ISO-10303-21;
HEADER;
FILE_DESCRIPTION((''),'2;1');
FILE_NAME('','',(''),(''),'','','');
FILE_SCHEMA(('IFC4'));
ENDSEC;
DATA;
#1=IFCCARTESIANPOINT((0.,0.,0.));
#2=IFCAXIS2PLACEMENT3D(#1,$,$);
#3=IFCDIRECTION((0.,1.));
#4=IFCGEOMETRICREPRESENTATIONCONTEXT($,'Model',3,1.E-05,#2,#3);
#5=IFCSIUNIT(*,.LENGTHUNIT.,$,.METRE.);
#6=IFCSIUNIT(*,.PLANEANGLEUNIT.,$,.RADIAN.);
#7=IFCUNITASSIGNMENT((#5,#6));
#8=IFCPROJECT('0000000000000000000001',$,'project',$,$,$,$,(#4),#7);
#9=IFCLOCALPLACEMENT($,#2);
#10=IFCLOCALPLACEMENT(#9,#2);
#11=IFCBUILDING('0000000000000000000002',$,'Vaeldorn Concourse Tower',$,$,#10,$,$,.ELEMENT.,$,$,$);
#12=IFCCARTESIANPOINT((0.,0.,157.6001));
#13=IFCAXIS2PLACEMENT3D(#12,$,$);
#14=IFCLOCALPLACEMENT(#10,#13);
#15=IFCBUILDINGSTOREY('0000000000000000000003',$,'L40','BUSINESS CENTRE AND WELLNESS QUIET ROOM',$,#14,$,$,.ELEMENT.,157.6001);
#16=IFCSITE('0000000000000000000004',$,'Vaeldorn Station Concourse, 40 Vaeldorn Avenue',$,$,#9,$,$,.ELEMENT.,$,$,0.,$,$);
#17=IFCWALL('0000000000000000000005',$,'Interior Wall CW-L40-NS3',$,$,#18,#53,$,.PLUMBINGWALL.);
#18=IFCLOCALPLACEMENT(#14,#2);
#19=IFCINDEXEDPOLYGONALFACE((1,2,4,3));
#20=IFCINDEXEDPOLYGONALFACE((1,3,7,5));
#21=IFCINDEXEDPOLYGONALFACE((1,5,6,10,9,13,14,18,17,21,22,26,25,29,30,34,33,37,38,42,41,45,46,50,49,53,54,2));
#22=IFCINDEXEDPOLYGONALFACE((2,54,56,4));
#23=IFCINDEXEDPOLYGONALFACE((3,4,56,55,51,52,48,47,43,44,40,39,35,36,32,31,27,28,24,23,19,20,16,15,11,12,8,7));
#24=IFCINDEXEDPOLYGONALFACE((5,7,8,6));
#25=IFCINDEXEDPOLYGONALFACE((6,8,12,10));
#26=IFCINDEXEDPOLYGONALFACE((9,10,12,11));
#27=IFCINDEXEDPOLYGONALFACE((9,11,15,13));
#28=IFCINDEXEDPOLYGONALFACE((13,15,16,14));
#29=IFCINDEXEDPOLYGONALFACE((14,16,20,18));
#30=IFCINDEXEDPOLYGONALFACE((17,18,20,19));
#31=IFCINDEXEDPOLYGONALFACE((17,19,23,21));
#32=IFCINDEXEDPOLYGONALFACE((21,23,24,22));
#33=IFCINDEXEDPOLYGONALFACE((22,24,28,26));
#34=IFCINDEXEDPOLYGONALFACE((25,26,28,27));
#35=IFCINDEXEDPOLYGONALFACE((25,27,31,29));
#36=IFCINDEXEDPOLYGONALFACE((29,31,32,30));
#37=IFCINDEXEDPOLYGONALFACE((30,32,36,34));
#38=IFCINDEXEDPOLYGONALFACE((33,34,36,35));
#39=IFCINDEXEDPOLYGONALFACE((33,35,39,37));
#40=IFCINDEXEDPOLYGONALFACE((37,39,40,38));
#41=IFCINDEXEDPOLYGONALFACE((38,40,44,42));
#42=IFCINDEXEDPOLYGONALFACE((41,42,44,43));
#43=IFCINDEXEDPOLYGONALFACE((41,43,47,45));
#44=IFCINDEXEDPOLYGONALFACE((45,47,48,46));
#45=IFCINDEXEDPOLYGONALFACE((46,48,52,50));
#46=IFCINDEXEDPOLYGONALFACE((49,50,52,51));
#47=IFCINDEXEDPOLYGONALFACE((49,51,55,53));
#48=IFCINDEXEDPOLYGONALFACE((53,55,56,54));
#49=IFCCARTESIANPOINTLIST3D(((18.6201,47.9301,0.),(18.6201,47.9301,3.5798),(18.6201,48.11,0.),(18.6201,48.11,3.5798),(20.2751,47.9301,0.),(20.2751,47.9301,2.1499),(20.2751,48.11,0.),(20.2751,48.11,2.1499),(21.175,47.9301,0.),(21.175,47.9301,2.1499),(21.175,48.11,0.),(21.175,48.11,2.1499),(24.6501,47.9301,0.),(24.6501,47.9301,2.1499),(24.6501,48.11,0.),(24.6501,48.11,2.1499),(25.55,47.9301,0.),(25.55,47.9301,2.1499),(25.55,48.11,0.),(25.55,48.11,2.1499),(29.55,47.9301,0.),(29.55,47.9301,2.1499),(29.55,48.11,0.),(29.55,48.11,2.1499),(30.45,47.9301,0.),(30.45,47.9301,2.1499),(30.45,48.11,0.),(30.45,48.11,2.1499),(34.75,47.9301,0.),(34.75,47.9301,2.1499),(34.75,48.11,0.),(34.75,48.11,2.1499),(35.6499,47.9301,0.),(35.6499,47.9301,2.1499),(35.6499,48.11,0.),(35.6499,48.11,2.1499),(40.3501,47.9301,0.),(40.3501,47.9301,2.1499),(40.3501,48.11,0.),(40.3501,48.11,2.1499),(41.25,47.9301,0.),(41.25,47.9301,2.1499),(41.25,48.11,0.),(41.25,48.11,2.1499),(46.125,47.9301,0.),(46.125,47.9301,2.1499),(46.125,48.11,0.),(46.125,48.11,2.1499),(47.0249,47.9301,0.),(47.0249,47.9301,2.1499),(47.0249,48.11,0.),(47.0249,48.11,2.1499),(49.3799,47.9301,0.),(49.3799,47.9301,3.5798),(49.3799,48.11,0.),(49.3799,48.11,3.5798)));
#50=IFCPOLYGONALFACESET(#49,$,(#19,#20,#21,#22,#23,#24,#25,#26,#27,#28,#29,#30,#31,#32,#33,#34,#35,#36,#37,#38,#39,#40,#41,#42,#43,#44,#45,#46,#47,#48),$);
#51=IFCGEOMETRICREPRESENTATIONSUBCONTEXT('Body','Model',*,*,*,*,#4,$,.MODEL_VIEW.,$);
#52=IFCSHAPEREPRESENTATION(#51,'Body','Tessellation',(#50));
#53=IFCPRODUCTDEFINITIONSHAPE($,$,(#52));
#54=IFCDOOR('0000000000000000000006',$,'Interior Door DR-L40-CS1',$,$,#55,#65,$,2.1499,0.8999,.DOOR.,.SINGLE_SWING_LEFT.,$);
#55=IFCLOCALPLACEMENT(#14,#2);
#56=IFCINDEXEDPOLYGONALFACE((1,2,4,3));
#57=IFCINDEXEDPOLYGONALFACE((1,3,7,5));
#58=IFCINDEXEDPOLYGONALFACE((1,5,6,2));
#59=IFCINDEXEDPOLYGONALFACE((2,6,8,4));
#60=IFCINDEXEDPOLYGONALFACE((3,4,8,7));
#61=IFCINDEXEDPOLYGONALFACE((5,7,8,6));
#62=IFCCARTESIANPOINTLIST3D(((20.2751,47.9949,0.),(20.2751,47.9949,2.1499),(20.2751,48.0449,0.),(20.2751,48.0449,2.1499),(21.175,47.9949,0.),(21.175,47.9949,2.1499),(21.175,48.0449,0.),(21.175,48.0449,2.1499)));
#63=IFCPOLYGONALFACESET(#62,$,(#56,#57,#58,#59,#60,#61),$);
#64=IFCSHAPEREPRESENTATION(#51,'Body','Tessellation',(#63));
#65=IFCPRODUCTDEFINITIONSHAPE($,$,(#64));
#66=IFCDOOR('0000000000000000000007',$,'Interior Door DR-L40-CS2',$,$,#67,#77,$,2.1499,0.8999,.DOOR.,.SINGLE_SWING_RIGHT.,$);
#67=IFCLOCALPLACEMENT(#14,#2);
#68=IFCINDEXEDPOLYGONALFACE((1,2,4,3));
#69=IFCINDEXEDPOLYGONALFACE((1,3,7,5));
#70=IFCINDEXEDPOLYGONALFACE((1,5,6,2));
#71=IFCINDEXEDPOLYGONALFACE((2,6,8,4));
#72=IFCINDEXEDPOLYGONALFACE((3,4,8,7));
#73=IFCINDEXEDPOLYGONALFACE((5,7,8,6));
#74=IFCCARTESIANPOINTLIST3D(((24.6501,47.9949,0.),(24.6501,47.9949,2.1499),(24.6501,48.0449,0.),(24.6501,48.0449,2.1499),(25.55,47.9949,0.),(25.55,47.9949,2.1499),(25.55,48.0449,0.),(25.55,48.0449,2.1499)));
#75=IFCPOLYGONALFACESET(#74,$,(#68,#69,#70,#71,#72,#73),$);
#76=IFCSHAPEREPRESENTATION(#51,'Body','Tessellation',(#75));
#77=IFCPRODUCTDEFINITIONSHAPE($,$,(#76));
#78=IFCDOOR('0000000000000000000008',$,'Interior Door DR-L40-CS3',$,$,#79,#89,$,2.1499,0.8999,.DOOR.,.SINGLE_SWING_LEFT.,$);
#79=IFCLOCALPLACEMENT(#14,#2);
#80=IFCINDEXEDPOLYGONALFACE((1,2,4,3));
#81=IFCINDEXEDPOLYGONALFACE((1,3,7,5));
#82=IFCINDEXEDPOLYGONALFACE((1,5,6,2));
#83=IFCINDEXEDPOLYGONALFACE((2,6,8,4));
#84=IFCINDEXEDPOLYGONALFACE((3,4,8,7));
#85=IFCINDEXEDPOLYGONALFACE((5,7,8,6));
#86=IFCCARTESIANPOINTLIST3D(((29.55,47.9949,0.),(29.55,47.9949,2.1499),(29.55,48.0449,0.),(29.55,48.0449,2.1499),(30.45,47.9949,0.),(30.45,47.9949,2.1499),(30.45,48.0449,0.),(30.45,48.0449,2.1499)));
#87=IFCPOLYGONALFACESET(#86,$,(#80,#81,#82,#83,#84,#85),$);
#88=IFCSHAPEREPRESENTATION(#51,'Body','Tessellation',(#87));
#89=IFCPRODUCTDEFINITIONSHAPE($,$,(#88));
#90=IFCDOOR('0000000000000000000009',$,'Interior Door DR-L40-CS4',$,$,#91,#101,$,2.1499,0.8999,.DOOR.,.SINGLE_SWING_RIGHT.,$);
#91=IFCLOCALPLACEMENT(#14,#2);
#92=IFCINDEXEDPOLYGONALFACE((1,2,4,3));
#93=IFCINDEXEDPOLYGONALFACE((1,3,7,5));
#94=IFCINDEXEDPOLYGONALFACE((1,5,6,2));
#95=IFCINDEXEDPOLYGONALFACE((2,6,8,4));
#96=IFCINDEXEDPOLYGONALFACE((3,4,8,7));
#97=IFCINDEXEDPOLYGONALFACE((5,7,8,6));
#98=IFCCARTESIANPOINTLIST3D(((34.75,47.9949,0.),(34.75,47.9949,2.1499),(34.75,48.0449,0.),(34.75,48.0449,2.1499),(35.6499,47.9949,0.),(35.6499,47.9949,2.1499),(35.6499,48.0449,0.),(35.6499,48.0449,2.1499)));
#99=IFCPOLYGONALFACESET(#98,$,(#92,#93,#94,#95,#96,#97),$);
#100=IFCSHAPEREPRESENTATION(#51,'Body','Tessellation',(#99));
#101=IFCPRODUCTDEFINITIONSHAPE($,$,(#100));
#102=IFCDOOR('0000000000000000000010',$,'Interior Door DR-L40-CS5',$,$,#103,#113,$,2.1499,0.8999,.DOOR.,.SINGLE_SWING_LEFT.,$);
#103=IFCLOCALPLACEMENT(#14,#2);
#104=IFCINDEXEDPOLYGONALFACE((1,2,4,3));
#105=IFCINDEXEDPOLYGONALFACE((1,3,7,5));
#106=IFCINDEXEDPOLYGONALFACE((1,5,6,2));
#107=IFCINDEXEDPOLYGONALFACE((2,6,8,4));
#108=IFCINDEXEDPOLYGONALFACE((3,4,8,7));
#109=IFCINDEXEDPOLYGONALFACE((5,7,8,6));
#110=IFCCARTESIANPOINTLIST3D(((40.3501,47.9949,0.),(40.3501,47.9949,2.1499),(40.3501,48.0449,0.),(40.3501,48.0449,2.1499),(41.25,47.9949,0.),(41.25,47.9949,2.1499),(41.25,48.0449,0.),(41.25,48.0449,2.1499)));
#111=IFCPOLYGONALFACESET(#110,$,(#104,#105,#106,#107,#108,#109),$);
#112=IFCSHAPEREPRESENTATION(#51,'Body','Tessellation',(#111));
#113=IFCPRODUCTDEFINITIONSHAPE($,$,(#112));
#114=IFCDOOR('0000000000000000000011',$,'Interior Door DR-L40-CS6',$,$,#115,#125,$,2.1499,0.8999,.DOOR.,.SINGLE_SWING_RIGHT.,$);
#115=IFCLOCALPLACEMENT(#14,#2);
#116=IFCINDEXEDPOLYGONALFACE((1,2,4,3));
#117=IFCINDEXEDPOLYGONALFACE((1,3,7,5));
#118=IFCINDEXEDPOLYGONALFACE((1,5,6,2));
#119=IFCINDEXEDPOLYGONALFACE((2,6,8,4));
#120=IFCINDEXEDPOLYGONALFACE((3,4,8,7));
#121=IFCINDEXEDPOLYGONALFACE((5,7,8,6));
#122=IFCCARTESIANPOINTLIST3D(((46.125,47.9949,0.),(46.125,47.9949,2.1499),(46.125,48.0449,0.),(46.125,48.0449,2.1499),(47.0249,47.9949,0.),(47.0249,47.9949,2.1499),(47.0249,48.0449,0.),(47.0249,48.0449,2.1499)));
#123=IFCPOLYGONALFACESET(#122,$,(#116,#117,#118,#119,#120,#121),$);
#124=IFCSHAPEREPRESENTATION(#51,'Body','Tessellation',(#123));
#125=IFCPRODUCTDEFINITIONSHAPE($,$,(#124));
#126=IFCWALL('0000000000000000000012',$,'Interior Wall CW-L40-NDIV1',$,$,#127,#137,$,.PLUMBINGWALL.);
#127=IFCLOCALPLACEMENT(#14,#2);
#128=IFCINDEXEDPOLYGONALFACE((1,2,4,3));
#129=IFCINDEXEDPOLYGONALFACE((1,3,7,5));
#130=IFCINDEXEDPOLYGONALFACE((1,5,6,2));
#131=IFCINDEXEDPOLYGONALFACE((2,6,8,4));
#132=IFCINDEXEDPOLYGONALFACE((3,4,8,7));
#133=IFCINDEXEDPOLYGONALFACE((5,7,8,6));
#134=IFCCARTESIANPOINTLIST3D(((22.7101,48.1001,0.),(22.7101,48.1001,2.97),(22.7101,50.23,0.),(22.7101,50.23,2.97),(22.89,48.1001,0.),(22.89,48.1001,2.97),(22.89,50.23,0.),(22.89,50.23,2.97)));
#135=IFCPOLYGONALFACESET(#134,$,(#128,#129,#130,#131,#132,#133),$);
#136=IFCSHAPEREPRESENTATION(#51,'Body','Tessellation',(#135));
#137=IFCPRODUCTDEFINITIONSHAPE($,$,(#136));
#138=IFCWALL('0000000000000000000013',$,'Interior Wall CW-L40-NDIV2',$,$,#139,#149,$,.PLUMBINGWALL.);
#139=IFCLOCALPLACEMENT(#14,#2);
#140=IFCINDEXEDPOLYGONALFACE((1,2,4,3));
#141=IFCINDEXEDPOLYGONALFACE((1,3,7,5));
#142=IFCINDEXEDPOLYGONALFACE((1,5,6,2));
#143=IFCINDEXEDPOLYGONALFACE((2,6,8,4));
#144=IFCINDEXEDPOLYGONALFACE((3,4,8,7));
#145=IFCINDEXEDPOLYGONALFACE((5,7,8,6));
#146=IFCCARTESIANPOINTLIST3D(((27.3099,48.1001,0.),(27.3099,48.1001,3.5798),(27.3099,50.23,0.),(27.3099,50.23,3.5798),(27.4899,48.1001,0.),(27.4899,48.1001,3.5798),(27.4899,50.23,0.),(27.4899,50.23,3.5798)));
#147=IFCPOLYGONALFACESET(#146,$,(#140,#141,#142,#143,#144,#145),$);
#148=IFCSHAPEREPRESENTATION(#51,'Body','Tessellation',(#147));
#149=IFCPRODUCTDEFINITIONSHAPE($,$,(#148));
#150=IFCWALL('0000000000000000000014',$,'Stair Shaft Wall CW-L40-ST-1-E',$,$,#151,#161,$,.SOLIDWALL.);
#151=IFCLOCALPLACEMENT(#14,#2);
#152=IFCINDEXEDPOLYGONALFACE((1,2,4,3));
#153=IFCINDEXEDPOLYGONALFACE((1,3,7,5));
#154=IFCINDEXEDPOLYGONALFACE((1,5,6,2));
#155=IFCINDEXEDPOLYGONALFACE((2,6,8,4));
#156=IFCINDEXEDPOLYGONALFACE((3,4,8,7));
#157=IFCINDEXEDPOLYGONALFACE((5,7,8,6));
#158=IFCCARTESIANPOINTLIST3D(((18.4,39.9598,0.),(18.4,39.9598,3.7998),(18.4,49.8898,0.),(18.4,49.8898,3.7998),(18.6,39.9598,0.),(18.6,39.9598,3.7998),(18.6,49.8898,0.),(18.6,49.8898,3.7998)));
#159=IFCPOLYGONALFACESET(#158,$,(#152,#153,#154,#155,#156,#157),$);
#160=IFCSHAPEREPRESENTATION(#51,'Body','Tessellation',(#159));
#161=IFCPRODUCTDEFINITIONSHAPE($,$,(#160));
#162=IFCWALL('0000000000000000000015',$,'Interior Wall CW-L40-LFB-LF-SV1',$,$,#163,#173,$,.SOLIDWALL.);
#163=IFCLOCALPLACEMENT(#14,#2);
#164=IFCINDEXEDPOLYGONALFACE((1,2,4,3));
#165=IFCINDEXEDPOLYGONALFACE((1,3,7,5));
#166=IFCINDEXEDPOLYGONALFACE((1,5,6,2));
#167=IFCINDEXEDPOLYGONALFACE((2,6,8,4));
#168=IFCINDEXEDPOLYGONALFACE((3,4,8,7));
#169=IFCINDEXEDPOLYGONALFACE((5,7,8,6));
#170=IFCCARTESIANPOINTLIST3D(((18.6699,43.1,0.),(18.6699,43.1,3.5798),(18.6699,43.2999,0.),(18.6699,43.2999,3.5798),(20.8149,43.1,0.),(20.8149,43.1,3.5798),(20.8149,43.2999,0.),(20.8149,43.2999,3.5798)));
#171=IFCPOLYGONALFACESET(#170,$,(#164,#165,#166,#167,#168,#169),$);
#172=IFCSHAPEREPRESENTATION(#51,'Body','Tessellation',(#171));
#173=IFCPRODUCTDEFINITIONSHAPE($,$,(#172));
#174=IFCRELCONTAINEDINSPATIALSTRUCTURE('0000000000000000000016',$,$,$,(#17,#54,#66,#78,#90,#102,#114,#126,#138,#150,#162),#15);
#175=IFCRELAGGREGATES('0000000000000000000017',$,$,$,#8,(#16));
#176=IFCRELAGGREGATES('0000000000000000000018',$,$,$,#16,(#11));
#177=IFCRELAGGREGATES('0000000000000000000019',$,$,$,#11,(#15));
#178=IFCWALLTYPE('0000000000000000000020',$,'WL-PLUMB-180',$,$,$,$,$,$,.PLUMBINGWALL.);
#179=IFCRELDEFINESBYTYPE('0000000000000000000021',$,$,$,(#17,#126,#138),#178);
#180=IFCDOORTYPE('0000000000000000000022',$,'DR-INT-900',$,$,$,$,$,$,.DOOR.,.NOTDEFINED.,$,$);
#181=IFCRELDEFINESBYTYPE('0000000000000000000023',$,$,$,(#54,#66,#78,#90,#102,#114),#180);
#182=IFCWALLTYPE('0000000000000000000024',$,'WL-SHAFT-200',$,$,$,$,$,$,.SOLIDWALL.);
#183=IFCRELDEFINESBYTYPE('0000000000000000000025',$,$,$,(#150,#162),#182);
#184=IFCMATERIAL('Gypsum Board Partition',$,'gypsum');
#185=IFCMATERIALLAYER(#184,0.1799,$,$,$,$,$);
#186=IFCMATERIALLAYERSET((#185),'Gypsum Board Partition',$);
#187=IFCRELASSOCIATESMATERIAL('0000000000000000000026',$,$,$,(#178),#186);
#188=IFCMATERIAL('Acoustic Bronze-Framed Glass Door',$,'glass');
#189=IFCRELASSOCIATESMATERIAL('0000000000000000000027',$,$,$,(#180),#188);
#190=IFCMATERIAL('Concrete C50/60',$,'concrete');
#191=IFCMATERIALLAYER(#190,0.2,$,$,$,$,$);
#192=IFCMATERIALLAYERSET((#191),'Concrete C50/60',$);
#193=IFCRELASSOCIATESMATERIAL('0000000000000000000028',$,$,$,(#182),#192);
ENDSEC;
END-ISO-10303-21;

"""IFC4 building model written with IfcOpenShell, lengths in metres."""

from ifc_helpers import new_model, si_unit, direction, frame, frame_2d, origin, place, context, subcontext, project, spatial, rectangle, extrude, source, transform, mapped, material, layer, layer_set, type_object, element, fill, save


model = new_model("IFC4")

# Units and contexts
model_context = context("Model", 3, precision=1e-05, world=origin(), true_north=direction((0.0, 1.0)))
body_context = subcontext(model_context, "Body", "Model", "MODEL_VIEW")
ifc_project = project(units=[si_unit("LENGTHUNIT", "METRE"), si_unit("PLANEANGLEUNIT", "RADIAN")], contexts=[model_context])

# Site, building, storey
site_placement = place(None, origin())
site = spatial("IfcSite", under=ifc_project, at=site_placement, Name="Vaeldorn Station Concourse, 40 Vaeldorn Avenue", CompositionType="ELEMENT", RefElevation=0.0)
building_placement = place(site_placement, origin())
building = spatial("IfcBuilding", under=site, at=building_placement, Name="Vaeldorn Concourse Tower", CompositionType="ELEMENT")
storey_placement = place(building_placement, frame((0.0, 0.0, 157.6001)))
storey = spatial("IfcBuildingStorey", under=building, at=storey_placement, Name="L40", Description="BUSINESS CENTRE AND WELLNESS QUIET ROOM", CompositionType="ELEMENT", Elevation=157.6001)

# Shared definitions
ifc_material_1 = material(Name="Gypsum Board Partition", Category="gypsum")

# Wall, openings, doors
ifc_layer_1 = layer(ifc_material_1, 0.1799)
ifc_layer_set_1 = layer_set([ifc_layer_1], Name="Gypsum Board Partition")
wall_type_1 = type_object("IfcWallType", Name="WL-PLUMB-180", PredefinedType="PLUMBINGWALL", material=ifc_layer_set_1)
wall_1_placement = place(storey_placement, frame((18.6201, 48.02, 0.0), z_axis=(0.0, 0.0, 1.0), x_axis=(1.0, 0.0, 0.0)))
wall_1 = element("IfcWall", 1, at=wall_1_placement, inside=storey, type_object=wall_type_1, Name="Interior Wall CW-L40-NS3", PredefinedType="PLUMBINGWALL", context=body_context, shape_type="SweptSolid", body=[
    extrude(rectangle(XDim=30.7598, YDim=0.1799, at=frame_2d((15.3799, 0.0))), origin(), (0.0, 0.0, 1.0), 3.5798),
])
opening_1_placement = place(wall_1_placement, frame((1.655, 0.0, 0.0)))
opening_1 = element("IfcOpeningElement", 2, at=opening_1_placement, cuts=wall_1, PredefinedType="OPENING", context=body_context, shape_type="SweptSolid", body=[
    extrude(rectangle(XDim=0.8999, YDim=2.1499, at=frame_2d((0.45, 1.075))), frame((0.0, 0.1001, 0.0), z_axis=(0.0, -1.0, 0.0), x_axis=(1.0, 0.0, 0.0)), (0.0, 0.0, 1.0), 0.2),
])
opening_2_placement = place(wall_1_placement, frame((6.03, 0.0, 0.0)))
opening_2 = element("IfcOpeningElement", 3, at=opening_2_placement, cuts=wall_1, PredefinedType="OPENING", context=body_context, shape_type="SweptSolid", body=[
    extrude(rectangle(XDim=0.8999, YDim=2.1499, at=frame_2d((0.45, 1.075))), frame((0.0, 0.1001, 0.0), z_axis=(0.0, -1.0, 0.0), x_axis=(1.0, 0.0, 0.0)), (0.0, 0.0, 1.0), 0.2),
])
opening_3_placement = place(wall_1_placement, frame((10.9299, 0.0, 0.0)))
opening_3 = element("IfcOpeningElement", 4, at=opening_3_placement, cuts=wall_1, PredefinedType="OPENING", context=body_context, shape_type="SweptSolid", body=[
    extrude(rectangle(XDim=0.8999, YDim=2.1499, at=frame_2d((0.45, 1.075))), frame((0.0, 0.1001, 0.0), z_axis=(0.0, -1.0, 0.0), x_axis=(1.0, 0.0, 0.0)), (0.0, 0.0, 1.0), 0.2),
])
opening_4_placement = place(wall_1_placement, frame((16.1299, 0.0, 0.0)))
opening_4 = element("IfcOpeningElement", 5, at=opening_4_placement, cuts=wall_1, PredefinedType="OPENING", context=body_context, shape_type="SweptSolid", body=[
    extrude(rectangle(XDim=0.8999, YDim=2.1499, at=frame_2d((0.45, 1.075))), frame((0.0, 0.1001, 0.0), z_axis=(0.0, -1.0, 0.0), x_axis=(1.0, 0.0, 0.0)), (0.0, 0.0, 1.0), 0.2),
])
opening_5_placement = place(wall_1_placement, frame((21.73, 0.0, 0.0)))
opening_5 = element("IfcOpeningElement", 6, at=opening_5_placement, cuts=wall_1, PredefinedType="OPENING", context=body_context, shape_type="SweptSolid", body=[
    extrude(rectangle(XDim=0.8999, YDim=2.1499, at=frame_2d((0.45, 1.075))), frame((0.0, 0.1001, 0.0), z_axis=(0.0, -1.0, 0.0), x_axis=(1.0, 0.0, 0.0)), (0.0, 0.0, 1.0), 0.2),
])
opening_6_placement = place(wall_1_placement, frame((27.5049, 0.0, 0.0)))
opening_6 = element("IfcOpeningElement", 7, at=opening_6_placement, cuts=wall_1, PredefinedType="OPENING", context=body_context, shape_type="SweptSolid", body=[
    extrude(rectangle(XDim=0.8999, YDim=2.1499, at=frame_2d((0.45, 1.075))), frame((0.0, 0.1001, 0.0), z_axis=(0.0, -1.0, 0.0), x_axis=(1.0, 0.0, 0.0)), (0.0, 0.0, 1.0), 0.2),
])
ifc_material_2 = material(Name="Acoustic Bronze-Framed Glass Door", Category="glass")
door_type_1 = type_object("IfcDoorType", Name="DR-INT-900", OperationType="NOTDEFINED", PredefinedType="DOOR", material=ifc_material_2)
shared_shape_1 = source(origin(), body_context, "Body", "SweptSolid", [
    extrude(rectangle(XDim=0.8999, YDim=2.1499, at=frame_2d((0.45, 1.075))), frame((0.0, 0.0249, 0.0), z_axis=(0.0, -1.0, 0.0), x_axis=(1.0, 0.0, 0.0)), (0.0, 0.0, 1.0), 0.05),
])
door_1_placement = place(opening_1_placement, origin())
door_1 = element("IfcDoor", 8, at=door_1_placement, inside=storey, type_object=door_type_1, Name="Interior Door DR-L40-CS1", OperationType="SINGLE_SWING_LEFT", OverallHeight=2.1499, OverallWidth=0.8999, PredefinedType="DOOR", context=body_context, shape_type="MappedRepresentation", body=[
    mapped(shared_shape_1, transform((0.0, 0.0, 0.0), scale=1.0)),
])
fill(opening_1, door_1)
door_2_placement = place(opening_2_placement, origin())
door_2 = element("IfcDoor", 9, at=door_2_placement, inside=storey, type_object=door_type_1, Name="Interior Door DR-L40-CS2", OperationType="SINGLE_SWING_RIGHT", OverallHeight=2.1499, OverallWidth=0.8999, PredefinedType="DOOR", context=body_context, shape_type="MappedRepresentation", body=[
    mapped(shared_shape_1, transform((0.0, 0.0, 0.0), scale=1.0)),
])
fill(opening_2, door_2)
door_3_placement = place(opening_3_placement, origin())
door_3 = element("IfcDoor", 10, at=door_3_placement, inside=storey, type_object=door_type_1, Name="Interior Door DR-L40-CS3", OperationType="SINGLE_SWING_LEFT", OverallHeight=2.1499, OverallWidth=0.8999, PredefinedType="DOOR", context=body_context, shape_type="MappedRepresentation", body=[
    mapped(shared_shape_1, transform((0.0, 0.0, 0.0), scale=1.0)),
])
fill(opening_3, door_3)
door_4_placement = place(opening_4_placement, origin())
door_4 = element("IfcDoor", 11, at=door_4_placement, inside=storey, type_object=door_type_1, Name="Interior Door DR-L40-CS4", OperationType="SINGLE_SWING_RIGHT", OverallHeight=2.1499, OverallWidth=0.8999, PredefinedType="DOOR", context=body_context, shape_type="MappedRepresentation", body=[
    mapped(shared_shape_1, transform((0.0, 0.0, 0.0), scale=1.0)),
])
fill(opening_4, door_4)
door_5_placement = place(opening_5_placement, origin())
door_5 = element("IfcDoor", 12, at=door_5_placement, inside=storey, type_object=door_type_1, Name="Interior Door DR-L40-CS5", OperationType="SINGLE_SWING_LEFT", OverallHeight=2.1499, OverallWidth=0.8999, PredefinedType="DOOR", context=body_context, shape_type="MappedRepresentation", body=[
    mapped(shared_shape_1, transform((0.0, 0.0, 0.0), scale=1.0)),
])
fill(opening_5, door_5)
door_6_placement = place(opening_6_placement, origin())
door_6 = element("IfcDoor", 13, at=door_6_placement, inside=storey, type_object=door_type_1, Name="Interior Door DR-L40-CS6", OperationType="SINGLE_SWING_RIGHT", OverallHeight=2.1499, OverallWidth=0.8999, PredefinedType="DOOR", context=body_context, shape_type="MappedRepresentation", body=[
    mapped(shared_shape_1, transform((0.0, 0.0, 0.0), scale=1.0)),
])
fill(opening_6, door_6)

# Walls
wall_2_placement = place(storey_placement, frame((22.8, 48.1001, 0.0), z_axis=(0.0, 0.0, 1.0), x_axis=(0.0, 1.0, 0.0)))
element("IfcWall", 14, at=wall_2_placement, inside=storey, type_object=wall_type_1, Name="Interior Wall CW-L40-NDIV1", PredefinedType="PLUMBINGWALL", context=body_context, shape_type="SweptSolid", body=[
    extrude(rectangle(XDim=2.1299, YDim=0.1799, at=frame_2d((1.0649, 0.0))), origin(), (0.0, 0.0, 1.0), 2.97),
])
wall_3_placement = place(storey_placement, frame((27.3999, 48.1001, 0.0), z_axis=(0.0, 0.0, 1.0), x_axis=(0.0, 1.0, 0.0)))
element("IfcWall", 15, at=wall_3_placement, inside=storey, type_object=wall_type_1, Name="Interior Wall CW-L40-NDIV2", PredefinedType="PLUMBINGWALL", context=body_context, shape_type="SweptSolid", body=[
    extrude(rectangle(XDim=2.1299, YDim=0.1799, at=frame_2d((1.0649, 0.0))), origin(), (0.0, 0.0, 1.0), 3.5798),
])
ifc_material_3 = material(Name="Concrete C50/60", Category="concrete")
ifc_layer_2 = layer(ifc_material_3, 0.2)
ifc_layer_set_2 = layer_set([ifc_layer_2], Name="Concrete C50/60")
wall_type_2 = type_object("IfcWallType", Name="WL-SHAFT-200", PredefinedType="SOLIDWALL", material=ifc_layer_set_2)
wall_4_placement = place(storey_placement, frame((18.5, 39.96, 0.0), z_axis=(0.0, 0.0, 1.0), x_axis=(0.0, 1.0, 0.0)))
element("IfcWall", 16, at=wall_4_placement, inside=storey, type_object=wall_type_2, Name="Stair Shaft Wall CW-L40-ST-1-E", PredefinedType="SOLIDWALL", context=body_context, shape_type="SweptSolid", body=[
    extrude(rectangle(XDim=9.9299, YDim=0.2, at=frame_2d((4.9648, 0.0))), origin(), (0.0, 0.0, 1.0), 3.7998),
])

# Wall
for number, where, z_axis, x_axis, name in (
    (17, (18.6699, 43.2, 0.0), (0.0, 0.0, 1.0), (1.0, 0.0, 0.0), "Interior Wall CW-L40-LFB-LF-SV1"),
):
    element("IfcWall", number, at=place(storey_placement, frame(where, z_axis=z_axis, x_axis=x_axis)), inside=storey, type_object=wall_type_2, Name=name, PredefinedType="SOLIDWALL", context=body_context, shape_type="SweptSolid", body=[
        extrude(rectangle(XDim=2.145, YDim=0.2, at=frame_2d((1.0725, 0.0))), origin(), (0.0, 0.0, 1.0), 3.5798),
    ])

save(model, "model.ifc")
